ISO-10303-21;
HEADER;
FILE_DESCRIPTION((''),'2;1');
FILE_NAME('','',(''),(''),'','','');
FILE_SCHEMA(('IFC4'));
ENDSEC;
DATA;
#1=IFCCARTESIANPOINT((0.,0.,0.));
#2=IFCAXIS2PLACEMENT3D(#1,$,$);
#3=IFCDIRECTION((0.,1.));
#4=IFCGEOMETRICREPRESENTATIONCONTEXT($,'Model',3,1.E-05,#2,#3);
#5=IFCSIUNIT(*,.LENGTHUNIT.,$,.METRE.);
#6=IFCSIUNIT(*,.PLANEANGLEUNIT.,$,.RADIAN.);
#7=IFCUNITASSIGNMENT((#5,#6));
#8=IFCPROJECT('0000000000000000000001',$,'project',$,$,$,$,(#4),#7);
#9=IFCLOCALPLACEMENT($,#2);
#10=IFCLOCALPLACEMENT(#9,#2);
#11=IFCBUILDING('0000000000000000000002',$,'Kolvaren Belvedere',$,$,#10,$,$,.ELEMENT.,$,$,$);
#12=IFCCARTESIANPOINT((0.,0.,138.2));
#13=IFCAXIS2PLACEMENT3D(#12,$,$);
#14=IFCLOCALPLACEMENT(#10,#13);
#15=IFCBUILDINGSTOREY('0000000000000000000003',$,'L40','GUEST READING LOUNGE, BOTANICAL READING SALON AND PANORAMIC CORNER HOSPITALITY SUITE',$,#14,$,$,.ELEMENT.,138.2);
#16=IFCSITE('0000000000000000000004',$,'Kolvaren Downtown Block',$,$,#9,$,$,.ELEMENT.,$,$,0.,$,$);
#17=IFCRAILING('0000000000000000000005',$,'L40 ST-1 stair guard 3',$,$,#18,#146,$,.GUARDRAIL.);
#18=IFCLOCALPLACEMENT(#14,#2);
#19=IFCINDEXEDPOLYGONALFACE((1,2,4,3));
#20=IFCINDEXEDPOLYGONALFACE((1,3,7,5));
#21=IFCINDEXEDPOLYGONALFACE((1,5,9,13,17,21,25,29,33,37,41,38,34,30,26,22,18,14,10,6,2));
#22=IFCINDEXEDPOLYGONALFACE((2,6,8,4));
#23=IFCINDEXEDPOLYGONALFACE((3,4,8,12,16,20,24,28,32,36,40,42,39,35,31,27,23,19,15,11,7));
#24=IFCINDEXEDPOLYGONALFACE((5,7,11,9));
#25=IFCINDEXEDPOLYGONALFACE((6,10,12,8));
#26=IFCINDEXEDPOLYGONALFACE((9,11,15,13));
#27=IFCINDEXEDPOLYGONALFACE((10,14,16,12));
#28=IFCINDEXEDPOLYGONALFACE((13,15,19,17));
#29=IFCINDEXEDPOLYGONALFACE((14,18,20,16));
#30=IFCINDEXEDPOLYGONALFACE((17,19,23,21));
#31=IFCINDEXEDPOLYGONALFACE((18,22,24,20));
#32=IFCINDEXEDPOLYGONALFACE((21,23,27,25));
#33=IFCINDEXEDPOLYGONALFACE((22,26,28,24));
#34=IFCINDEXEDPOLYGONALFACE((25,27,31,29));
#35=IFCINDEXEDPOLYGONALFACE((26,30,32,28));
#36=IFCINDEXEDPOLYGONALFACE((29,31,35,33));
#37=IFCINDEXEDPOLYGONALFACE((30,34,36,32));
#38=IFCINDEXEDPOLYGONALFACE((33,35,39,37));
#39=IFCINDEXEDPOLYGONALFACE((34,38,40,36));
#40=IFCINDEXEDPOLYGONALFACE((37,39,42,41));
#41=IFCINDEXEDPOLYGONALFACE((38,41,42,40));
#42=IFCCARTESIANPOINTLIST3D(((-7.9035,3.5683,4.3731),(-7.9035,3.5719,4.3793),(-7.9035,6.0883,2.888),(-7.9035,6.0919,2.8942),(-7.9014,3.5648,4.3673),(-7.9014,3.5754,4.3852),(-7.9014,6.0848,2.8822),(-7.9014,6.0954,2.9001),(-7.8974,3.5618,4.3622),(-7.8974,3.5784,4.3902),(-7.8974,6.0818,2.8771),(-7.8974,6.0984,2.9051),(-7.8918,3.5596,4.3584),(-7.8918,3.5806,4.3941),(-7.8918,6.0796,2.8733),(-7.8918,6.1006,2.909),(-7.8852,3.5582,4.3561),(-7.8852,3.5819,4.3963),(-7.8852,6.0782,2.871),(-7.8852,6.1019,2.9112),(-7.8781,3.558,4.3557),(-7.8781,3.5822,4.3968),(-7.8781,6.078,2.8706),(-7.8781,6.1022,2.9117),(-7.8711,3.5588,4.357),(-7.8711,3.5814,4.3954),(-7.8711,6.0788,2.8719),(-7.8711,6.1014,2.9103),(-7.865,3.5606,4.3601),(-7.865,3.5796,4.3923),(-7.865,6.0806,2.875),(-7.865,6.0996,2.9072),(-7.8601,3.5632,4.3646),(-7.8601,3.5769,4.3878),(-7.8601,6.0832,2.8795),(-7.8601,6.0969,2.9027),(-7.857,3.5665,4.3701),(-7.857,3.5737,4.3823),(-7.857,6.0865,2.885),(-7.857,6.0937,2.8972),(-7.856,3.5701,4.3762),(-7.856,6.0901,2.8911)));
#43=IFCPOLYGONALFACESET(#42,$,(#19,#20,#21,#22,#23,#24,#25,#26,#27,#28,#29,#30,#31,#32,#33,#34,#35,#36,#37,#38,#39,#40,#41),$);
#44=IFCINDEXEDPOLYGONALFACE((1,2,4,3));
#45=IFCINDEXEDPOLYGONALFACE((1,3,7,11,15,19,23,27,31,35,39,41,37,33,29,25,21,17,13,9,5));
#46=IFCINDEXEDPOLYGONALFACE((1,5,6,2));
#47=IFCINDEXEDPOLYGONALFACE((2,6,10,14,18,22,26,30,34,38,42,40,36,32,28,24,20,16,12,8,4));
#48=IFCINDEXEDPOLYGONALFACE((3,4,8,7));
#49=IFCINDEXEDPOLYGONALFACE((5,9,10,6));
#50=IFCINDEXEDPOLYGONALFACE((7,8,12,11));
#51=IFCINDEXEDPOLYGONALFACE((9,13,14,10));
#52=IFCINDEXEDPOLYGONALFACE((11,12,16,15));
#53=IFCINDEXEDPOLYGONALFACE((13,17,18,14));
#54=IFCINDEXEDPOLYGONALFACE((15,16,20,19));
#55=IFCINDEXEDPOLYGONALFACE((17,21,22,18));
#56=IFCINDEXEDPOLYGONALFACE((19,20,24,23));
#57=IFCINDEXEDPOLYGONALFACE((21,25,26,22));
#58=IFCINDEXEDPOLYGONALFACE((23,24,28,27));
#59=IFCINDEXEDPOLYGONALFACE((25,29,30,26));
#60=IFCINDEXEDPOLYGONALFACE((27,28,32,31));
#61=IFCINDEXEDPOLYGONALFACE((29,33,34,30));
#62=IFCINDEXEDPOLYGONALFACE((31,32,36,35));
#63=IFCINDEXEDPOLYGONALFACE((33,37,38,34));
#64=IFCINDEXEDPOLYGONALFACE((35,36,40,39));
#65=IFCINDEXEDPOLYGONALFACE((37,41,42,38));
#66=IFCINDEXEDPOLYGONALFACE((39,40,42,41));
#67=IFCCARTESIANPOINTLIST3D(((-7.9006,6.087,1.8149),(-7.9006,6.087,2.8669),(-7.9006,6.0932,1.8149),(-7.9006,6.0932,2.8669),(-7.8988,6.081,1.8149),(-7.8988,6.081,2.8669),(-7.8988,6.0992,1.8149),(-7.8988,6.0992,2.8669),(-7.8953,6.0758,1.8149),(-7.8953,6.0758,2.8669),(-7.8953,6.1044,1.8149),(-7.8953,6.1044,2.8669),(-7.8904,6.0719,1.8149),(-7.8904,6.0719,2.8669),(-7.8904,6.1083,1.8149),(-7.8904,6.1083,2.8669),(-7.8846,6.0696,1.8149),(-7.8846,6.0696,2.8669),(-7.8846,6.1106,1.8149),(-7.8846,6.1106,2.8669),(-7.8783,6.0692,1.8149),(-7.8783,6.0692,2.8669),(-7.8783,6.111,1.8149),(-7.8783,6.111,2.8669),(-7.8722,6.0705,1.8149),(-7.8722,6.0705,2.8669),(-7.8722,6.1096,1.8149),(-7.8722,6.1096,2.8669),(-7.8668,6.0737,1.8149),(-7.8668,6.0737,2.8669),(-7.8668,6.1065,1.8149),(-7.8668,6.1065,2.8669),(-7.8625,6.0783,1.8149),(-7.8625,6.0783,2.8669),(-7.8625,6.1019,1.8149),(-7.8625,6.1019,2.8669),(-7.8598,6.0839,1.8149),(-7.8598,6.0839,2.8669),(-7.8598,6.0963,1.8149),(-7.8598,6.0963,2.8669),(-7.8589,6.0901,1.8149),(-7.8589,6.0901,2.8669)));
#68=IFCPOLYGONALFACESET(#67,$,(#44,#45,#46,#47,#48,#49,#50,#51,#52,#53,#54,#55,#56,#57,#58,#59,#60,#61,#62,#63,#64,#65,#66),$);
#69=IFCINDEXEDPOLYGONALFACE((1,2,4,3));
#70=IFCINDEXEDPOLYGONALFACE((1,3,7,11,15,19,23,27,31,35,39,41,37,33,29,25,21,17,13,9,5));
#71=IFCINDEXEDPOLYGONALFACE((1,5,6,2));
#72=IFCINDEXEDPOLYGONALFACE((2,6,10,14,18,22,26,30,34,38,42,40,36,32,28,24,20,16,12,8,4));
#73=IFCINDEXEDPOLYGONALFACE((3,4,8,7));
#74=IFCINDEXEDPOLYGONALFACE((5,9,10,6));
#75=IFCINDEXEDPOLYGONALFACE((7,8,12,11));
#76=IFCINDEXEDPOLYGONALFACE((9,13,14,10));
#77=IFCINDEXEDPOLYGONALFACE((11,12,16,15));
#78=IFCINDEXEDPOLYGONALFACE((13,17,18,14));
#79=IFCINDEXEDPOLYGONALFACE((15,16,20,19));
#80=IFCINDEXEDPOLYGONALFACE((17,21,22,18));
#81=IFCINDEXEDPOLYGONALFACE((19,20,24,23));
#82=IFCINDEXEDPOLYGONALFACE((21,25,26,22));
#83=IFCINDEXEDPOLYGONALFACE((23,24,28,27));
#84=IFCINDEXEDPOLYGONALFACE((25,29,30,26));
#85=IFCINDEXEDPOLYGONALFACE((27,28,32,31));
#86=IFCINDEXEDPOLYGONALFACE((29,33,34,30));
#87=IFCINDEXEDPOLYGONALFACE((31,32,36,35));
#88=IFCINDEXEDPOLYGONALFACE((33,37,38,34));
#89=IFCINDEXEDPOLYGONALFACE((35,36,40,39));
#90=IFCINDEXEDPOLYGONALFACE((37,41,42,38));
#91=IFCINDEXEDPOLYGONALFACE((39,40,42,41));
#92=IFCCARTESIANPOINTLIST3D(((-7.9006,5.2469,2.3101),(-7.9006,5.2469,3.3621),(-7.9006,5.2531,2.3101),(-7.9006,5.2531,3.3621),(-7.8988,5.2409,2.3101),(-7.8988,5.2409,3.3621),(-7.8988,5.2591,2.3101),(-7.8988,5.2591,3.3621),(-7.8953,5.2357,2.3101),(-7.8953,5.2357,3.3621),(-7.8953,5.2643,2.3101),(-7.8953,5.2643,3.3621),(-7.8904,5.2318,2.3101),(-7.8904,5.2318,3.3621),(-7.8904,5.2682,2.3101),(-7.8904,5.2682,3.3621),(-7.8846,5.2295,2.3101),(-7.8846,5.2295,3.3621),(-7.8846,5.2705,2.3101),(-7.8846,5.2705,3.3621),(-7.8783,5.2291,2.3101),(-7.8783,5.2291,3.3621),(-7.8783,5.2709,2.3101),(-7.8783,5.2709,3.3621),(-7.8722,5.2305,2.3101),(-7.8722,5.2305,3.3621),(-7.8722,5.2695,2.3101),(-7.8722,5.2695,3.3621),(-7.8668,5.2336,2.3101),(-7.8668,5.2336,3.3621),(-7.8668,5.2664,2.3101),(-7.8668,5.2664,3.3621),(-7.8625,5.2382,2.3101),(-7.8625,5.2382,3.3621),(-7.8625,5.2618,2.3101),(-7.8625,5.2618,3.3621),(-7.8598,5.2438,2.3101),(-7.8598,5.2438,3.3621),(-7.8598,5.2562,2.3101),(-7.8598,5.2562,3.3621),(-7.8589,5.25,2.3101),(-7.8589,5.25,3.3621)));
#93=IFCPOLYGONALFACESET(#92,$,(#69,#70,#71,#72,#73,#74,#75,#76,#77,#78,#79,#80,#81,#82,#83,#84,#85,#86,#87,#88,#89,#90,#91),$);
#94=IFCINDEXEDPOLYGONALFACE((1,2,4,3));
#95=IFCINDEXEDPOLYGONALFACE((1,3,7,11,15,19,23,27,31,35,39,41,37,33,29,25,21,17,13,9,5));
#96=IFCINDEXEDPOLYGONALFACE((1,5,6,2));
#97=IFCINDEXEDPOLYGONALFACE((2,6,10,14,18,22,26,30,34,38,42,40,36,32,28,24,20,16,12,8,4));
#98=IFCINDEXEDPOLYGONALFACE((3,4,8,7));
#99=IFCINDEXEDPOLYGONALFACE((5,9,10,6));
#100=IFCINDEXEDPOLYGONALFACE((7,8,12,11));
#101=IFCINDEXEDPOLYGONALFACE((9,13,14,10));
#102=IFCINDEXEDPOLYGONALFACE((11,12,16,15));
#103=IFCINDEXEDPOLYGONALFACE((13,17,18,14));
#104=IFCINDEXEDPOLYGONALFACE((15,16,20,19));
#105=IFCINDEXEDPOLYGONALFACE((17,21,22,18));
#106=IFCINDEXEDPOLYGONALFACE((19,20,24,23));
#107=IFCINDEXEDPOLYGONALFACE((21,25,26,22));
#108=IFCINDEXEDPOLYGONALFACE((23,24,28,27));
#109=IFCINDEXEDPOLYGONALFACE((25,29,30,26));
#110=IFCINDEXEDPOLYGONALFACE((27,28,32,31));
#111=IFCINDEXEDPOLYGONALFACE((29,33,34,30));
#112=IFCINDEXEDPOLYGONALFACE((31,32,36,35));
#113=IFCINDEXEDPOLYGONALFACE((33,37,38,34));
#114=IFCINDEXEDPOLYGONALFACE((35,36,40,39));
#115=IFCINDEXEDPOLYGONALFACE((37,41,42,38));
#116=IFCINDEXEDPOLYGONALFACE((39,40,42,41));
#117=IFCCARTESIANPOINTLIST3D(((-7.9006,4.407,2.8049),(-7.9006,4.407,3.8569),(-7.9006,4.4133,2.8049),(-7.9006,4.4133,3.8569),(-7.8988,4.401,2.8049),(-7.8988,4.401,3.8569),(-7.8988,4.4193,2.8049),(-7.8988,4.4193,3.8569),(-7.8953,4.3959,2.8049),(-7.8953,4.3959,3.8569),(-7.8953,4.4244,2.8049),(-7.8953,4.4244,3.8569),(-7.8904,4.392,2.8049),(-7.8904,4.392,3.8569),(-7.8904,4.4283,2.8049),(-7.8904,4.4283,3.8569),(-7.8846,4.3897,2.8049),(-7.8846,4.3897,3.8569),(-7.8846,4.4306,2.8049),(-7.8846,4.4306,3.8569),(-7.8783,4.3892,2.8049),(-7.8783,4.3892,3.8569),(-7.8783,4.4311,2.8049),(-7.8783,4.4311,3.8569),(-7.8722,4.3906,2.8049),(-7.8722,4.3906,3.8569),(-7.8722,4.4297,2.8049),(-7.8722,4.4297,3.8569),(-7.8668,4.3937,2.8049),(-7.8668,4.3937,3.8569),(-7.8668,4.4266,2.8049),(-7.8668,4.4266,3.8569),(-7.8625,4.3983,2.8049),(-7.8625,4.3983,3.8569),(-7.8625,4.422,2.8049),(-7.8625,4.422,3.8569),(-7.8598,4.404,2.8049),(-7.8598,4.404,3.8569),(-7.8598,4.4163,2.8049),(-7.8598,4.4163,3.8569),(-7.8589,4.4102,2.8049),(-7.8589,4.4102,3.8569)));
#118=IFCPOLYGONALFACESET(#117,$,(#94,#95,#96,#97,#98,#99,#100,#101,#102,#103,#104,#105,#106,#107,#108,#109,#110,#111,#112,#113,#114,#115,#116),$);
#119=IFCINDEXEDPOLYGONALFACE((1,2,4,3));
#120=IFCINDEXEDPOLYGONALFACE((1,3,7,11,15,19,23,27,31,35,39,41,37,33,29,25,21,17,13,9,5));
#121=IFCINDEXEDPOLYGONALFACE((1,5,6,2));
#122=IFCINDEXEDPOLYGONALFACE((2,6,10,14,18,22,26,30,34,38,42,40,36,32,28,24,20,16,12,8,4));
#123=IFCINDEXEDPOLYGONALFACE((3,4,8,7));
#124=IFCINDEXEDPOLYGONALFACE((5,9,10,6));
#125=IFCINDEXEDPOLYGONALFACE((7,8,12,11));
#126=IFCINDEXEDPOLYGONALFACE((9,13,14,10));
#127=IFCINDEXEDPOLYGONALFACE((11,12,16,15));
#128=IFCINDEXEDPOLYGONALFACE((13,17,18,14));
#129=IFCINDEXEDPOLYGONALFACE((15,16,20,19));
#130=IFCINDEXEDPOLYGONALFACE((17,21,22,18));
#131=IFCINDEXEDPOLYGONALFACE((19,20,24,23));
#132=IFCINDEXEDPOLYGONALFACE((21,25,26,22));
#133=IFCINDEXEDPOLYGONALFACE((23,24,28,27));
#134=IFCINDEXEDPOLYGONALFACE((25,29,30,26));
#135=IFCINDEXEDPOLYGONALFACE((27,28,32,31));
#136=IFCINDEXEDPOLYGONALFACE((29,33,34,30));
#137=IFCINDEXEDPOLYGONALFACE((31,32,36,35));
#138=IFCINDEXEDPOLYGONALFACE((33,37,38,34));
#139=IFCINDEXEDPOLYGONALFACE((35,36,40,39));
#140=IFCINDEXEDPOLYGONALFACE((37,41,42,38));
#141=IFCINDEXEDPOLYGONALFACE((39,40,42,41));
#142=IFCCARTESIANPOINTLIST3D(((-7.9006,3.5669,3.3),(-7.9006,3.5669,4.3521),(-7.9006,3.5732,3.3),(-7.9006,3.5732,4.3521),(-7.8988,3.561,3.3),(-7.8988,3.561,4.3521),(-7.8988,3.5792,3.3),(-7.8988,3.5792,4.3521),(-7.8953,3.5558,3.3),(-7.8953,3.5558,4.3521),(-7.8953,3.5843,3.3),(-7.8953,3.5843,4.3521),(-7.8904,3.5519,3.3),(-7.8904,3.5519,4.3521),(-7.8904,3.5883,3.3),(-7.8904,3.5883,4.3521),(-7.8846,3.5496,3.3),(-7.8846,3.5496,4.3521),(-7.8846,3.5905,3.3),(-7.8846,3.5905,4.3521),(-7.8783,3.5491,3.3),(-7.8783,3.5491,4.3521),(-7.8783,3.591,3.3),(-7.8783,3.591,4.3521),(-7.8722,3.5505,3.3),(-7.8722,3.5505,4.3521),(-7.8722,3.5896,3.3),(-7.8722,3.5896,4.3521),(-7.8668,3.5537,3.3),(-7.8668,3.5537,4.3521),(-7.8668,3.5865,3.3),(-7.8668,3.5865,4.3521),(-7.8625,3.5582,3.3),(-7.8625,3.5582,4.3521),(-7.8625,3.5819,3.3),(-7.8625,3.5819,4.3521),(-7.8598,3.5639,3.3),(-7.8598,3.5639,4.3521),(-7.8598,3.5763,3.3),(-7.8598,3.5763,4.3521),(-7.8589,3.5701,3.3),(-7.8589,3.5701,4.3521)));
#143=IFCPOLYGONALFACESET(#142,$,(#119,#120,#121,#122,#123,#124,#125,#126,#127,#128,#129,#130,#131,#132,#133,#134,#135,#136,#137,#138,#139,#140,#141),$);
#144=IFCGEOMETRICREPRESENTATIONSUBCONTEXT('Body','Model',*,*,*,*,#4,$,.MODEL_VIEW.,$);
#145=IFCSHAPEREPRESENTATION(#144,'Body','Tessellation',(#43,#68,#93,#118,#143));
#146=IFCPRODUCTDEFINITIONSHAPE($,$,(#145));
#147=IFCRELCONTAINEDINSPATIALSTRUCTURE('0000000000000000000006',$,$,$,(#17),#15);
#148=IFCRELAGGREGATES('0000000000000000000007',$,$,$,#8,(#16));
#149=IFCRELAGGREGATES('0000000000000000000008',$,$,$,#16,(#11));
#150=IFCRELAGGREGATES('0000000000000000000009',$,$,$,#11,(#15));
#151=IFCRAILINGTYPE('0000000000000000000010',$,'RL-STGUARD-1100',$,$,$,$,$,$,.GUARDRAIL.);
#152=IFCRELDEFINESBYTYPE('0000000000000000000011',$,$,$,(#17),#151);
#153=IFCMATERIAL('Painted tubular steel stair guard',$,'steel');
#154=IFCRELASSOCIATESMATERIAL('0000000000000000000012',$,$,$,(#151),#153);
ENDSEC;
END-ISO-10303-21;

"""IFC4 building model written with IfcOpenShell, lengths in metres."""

from ifc_helpers import new_model, si_unit, direction, frame, origin, origin_2d, place, context, subcontext, project, spatial, circle, extrude, material, type_object, element, save


model = new_model("IFC4")

# Units and contexts
model_context = context("Model", 3, precision=1e-05, world=origin(), true_north=direction((0.0, 1.0)))
body_context = subcontext(model_context, "Body", "Model", "MODEL_VIEW")
ifc_project = project(units=[si_unit("LENGTHUNIT", "METRE"), si_unit("PLANEANGLEUNIT", "RADIAN")], contexts=[model_context])

# Site, building, storey
site_placement = place(None, origin())
site = spatial("IfcSite", under=ifc_project, at=site_placement, Name="Kolvaren Downtown Block", CompositionType="ELEMENT", RefElevation=0.0)
building_placement = place(site_placement, origin())
building = spatial("IfcBuilding", under=site, at=building_placement, Name="Kolvaren Belvedere", CompositionType="ELEMENT")
storey_placement = place(building_placement, frame((0.0, 0.0, 138.2)))
storey = spatial("IfcBuildingStorey", under=building, at=storey_placement, Name="L40", Description="GUEST READING LOUNGE, BOTANICAL READING SALON AND PANORAMIC CORNER HOSPITALITY SUITE", CompositionType="ELEMENT", Elevation=138.2)

# Railing
ifc_material_1 = material(Name="Painted tubular steel stair guard", Category="steel")
railing_type_1 = type_object("IfcRailingType", Name="RL-STGUARD-1100", PredefinedType="GUARDRAIL", material=ifc_material_1)
railing_1_placement = place(storey_placement, frame((-7.8799, 6.0901, 1.8149)))
element("IfcRailing", 1, at=railing_1_placement, inside=storey, type_object=railing_type_1, Name="L40 ST-1 stair guard 3", PredefinedType="GUARDRAIL", context=body_context, shape_type="SweptSolid", body=[
    extrude(circle(Radius=0.0239, at=origin_2d()), frame((0.0, 0.0, 1.0762), z_axis=(0.0, -0.861524, 0.507717), x_axis=(1.0, 0.0, 0.0)), (0.0, 0.0, 1.0), 2.925),
    extrude(circle(Radius=0.021, at=origin_2d()), origin(), (0.0, 0.0, 1.0), 1.052),
    extrude(circle(Radius=0.021, at=origin_2d()), frame((0.0, -0.8401, 0.4951)), (0.0, 0.0, 1.0), 1.052),
    extrude(circle(Radius=0.021, at=origin_2d()), frame((0.0, -1.6799, 0.99)), (0.0, 0.0, 1.0), 1.052),
    extrude(circle(Radius=0.021, at=origin_2d()), frame((0.0, -2.52, 1.4851)), (0.0, 0.0, 1.0), 1.052),
])

save(model, "model.ifc")
